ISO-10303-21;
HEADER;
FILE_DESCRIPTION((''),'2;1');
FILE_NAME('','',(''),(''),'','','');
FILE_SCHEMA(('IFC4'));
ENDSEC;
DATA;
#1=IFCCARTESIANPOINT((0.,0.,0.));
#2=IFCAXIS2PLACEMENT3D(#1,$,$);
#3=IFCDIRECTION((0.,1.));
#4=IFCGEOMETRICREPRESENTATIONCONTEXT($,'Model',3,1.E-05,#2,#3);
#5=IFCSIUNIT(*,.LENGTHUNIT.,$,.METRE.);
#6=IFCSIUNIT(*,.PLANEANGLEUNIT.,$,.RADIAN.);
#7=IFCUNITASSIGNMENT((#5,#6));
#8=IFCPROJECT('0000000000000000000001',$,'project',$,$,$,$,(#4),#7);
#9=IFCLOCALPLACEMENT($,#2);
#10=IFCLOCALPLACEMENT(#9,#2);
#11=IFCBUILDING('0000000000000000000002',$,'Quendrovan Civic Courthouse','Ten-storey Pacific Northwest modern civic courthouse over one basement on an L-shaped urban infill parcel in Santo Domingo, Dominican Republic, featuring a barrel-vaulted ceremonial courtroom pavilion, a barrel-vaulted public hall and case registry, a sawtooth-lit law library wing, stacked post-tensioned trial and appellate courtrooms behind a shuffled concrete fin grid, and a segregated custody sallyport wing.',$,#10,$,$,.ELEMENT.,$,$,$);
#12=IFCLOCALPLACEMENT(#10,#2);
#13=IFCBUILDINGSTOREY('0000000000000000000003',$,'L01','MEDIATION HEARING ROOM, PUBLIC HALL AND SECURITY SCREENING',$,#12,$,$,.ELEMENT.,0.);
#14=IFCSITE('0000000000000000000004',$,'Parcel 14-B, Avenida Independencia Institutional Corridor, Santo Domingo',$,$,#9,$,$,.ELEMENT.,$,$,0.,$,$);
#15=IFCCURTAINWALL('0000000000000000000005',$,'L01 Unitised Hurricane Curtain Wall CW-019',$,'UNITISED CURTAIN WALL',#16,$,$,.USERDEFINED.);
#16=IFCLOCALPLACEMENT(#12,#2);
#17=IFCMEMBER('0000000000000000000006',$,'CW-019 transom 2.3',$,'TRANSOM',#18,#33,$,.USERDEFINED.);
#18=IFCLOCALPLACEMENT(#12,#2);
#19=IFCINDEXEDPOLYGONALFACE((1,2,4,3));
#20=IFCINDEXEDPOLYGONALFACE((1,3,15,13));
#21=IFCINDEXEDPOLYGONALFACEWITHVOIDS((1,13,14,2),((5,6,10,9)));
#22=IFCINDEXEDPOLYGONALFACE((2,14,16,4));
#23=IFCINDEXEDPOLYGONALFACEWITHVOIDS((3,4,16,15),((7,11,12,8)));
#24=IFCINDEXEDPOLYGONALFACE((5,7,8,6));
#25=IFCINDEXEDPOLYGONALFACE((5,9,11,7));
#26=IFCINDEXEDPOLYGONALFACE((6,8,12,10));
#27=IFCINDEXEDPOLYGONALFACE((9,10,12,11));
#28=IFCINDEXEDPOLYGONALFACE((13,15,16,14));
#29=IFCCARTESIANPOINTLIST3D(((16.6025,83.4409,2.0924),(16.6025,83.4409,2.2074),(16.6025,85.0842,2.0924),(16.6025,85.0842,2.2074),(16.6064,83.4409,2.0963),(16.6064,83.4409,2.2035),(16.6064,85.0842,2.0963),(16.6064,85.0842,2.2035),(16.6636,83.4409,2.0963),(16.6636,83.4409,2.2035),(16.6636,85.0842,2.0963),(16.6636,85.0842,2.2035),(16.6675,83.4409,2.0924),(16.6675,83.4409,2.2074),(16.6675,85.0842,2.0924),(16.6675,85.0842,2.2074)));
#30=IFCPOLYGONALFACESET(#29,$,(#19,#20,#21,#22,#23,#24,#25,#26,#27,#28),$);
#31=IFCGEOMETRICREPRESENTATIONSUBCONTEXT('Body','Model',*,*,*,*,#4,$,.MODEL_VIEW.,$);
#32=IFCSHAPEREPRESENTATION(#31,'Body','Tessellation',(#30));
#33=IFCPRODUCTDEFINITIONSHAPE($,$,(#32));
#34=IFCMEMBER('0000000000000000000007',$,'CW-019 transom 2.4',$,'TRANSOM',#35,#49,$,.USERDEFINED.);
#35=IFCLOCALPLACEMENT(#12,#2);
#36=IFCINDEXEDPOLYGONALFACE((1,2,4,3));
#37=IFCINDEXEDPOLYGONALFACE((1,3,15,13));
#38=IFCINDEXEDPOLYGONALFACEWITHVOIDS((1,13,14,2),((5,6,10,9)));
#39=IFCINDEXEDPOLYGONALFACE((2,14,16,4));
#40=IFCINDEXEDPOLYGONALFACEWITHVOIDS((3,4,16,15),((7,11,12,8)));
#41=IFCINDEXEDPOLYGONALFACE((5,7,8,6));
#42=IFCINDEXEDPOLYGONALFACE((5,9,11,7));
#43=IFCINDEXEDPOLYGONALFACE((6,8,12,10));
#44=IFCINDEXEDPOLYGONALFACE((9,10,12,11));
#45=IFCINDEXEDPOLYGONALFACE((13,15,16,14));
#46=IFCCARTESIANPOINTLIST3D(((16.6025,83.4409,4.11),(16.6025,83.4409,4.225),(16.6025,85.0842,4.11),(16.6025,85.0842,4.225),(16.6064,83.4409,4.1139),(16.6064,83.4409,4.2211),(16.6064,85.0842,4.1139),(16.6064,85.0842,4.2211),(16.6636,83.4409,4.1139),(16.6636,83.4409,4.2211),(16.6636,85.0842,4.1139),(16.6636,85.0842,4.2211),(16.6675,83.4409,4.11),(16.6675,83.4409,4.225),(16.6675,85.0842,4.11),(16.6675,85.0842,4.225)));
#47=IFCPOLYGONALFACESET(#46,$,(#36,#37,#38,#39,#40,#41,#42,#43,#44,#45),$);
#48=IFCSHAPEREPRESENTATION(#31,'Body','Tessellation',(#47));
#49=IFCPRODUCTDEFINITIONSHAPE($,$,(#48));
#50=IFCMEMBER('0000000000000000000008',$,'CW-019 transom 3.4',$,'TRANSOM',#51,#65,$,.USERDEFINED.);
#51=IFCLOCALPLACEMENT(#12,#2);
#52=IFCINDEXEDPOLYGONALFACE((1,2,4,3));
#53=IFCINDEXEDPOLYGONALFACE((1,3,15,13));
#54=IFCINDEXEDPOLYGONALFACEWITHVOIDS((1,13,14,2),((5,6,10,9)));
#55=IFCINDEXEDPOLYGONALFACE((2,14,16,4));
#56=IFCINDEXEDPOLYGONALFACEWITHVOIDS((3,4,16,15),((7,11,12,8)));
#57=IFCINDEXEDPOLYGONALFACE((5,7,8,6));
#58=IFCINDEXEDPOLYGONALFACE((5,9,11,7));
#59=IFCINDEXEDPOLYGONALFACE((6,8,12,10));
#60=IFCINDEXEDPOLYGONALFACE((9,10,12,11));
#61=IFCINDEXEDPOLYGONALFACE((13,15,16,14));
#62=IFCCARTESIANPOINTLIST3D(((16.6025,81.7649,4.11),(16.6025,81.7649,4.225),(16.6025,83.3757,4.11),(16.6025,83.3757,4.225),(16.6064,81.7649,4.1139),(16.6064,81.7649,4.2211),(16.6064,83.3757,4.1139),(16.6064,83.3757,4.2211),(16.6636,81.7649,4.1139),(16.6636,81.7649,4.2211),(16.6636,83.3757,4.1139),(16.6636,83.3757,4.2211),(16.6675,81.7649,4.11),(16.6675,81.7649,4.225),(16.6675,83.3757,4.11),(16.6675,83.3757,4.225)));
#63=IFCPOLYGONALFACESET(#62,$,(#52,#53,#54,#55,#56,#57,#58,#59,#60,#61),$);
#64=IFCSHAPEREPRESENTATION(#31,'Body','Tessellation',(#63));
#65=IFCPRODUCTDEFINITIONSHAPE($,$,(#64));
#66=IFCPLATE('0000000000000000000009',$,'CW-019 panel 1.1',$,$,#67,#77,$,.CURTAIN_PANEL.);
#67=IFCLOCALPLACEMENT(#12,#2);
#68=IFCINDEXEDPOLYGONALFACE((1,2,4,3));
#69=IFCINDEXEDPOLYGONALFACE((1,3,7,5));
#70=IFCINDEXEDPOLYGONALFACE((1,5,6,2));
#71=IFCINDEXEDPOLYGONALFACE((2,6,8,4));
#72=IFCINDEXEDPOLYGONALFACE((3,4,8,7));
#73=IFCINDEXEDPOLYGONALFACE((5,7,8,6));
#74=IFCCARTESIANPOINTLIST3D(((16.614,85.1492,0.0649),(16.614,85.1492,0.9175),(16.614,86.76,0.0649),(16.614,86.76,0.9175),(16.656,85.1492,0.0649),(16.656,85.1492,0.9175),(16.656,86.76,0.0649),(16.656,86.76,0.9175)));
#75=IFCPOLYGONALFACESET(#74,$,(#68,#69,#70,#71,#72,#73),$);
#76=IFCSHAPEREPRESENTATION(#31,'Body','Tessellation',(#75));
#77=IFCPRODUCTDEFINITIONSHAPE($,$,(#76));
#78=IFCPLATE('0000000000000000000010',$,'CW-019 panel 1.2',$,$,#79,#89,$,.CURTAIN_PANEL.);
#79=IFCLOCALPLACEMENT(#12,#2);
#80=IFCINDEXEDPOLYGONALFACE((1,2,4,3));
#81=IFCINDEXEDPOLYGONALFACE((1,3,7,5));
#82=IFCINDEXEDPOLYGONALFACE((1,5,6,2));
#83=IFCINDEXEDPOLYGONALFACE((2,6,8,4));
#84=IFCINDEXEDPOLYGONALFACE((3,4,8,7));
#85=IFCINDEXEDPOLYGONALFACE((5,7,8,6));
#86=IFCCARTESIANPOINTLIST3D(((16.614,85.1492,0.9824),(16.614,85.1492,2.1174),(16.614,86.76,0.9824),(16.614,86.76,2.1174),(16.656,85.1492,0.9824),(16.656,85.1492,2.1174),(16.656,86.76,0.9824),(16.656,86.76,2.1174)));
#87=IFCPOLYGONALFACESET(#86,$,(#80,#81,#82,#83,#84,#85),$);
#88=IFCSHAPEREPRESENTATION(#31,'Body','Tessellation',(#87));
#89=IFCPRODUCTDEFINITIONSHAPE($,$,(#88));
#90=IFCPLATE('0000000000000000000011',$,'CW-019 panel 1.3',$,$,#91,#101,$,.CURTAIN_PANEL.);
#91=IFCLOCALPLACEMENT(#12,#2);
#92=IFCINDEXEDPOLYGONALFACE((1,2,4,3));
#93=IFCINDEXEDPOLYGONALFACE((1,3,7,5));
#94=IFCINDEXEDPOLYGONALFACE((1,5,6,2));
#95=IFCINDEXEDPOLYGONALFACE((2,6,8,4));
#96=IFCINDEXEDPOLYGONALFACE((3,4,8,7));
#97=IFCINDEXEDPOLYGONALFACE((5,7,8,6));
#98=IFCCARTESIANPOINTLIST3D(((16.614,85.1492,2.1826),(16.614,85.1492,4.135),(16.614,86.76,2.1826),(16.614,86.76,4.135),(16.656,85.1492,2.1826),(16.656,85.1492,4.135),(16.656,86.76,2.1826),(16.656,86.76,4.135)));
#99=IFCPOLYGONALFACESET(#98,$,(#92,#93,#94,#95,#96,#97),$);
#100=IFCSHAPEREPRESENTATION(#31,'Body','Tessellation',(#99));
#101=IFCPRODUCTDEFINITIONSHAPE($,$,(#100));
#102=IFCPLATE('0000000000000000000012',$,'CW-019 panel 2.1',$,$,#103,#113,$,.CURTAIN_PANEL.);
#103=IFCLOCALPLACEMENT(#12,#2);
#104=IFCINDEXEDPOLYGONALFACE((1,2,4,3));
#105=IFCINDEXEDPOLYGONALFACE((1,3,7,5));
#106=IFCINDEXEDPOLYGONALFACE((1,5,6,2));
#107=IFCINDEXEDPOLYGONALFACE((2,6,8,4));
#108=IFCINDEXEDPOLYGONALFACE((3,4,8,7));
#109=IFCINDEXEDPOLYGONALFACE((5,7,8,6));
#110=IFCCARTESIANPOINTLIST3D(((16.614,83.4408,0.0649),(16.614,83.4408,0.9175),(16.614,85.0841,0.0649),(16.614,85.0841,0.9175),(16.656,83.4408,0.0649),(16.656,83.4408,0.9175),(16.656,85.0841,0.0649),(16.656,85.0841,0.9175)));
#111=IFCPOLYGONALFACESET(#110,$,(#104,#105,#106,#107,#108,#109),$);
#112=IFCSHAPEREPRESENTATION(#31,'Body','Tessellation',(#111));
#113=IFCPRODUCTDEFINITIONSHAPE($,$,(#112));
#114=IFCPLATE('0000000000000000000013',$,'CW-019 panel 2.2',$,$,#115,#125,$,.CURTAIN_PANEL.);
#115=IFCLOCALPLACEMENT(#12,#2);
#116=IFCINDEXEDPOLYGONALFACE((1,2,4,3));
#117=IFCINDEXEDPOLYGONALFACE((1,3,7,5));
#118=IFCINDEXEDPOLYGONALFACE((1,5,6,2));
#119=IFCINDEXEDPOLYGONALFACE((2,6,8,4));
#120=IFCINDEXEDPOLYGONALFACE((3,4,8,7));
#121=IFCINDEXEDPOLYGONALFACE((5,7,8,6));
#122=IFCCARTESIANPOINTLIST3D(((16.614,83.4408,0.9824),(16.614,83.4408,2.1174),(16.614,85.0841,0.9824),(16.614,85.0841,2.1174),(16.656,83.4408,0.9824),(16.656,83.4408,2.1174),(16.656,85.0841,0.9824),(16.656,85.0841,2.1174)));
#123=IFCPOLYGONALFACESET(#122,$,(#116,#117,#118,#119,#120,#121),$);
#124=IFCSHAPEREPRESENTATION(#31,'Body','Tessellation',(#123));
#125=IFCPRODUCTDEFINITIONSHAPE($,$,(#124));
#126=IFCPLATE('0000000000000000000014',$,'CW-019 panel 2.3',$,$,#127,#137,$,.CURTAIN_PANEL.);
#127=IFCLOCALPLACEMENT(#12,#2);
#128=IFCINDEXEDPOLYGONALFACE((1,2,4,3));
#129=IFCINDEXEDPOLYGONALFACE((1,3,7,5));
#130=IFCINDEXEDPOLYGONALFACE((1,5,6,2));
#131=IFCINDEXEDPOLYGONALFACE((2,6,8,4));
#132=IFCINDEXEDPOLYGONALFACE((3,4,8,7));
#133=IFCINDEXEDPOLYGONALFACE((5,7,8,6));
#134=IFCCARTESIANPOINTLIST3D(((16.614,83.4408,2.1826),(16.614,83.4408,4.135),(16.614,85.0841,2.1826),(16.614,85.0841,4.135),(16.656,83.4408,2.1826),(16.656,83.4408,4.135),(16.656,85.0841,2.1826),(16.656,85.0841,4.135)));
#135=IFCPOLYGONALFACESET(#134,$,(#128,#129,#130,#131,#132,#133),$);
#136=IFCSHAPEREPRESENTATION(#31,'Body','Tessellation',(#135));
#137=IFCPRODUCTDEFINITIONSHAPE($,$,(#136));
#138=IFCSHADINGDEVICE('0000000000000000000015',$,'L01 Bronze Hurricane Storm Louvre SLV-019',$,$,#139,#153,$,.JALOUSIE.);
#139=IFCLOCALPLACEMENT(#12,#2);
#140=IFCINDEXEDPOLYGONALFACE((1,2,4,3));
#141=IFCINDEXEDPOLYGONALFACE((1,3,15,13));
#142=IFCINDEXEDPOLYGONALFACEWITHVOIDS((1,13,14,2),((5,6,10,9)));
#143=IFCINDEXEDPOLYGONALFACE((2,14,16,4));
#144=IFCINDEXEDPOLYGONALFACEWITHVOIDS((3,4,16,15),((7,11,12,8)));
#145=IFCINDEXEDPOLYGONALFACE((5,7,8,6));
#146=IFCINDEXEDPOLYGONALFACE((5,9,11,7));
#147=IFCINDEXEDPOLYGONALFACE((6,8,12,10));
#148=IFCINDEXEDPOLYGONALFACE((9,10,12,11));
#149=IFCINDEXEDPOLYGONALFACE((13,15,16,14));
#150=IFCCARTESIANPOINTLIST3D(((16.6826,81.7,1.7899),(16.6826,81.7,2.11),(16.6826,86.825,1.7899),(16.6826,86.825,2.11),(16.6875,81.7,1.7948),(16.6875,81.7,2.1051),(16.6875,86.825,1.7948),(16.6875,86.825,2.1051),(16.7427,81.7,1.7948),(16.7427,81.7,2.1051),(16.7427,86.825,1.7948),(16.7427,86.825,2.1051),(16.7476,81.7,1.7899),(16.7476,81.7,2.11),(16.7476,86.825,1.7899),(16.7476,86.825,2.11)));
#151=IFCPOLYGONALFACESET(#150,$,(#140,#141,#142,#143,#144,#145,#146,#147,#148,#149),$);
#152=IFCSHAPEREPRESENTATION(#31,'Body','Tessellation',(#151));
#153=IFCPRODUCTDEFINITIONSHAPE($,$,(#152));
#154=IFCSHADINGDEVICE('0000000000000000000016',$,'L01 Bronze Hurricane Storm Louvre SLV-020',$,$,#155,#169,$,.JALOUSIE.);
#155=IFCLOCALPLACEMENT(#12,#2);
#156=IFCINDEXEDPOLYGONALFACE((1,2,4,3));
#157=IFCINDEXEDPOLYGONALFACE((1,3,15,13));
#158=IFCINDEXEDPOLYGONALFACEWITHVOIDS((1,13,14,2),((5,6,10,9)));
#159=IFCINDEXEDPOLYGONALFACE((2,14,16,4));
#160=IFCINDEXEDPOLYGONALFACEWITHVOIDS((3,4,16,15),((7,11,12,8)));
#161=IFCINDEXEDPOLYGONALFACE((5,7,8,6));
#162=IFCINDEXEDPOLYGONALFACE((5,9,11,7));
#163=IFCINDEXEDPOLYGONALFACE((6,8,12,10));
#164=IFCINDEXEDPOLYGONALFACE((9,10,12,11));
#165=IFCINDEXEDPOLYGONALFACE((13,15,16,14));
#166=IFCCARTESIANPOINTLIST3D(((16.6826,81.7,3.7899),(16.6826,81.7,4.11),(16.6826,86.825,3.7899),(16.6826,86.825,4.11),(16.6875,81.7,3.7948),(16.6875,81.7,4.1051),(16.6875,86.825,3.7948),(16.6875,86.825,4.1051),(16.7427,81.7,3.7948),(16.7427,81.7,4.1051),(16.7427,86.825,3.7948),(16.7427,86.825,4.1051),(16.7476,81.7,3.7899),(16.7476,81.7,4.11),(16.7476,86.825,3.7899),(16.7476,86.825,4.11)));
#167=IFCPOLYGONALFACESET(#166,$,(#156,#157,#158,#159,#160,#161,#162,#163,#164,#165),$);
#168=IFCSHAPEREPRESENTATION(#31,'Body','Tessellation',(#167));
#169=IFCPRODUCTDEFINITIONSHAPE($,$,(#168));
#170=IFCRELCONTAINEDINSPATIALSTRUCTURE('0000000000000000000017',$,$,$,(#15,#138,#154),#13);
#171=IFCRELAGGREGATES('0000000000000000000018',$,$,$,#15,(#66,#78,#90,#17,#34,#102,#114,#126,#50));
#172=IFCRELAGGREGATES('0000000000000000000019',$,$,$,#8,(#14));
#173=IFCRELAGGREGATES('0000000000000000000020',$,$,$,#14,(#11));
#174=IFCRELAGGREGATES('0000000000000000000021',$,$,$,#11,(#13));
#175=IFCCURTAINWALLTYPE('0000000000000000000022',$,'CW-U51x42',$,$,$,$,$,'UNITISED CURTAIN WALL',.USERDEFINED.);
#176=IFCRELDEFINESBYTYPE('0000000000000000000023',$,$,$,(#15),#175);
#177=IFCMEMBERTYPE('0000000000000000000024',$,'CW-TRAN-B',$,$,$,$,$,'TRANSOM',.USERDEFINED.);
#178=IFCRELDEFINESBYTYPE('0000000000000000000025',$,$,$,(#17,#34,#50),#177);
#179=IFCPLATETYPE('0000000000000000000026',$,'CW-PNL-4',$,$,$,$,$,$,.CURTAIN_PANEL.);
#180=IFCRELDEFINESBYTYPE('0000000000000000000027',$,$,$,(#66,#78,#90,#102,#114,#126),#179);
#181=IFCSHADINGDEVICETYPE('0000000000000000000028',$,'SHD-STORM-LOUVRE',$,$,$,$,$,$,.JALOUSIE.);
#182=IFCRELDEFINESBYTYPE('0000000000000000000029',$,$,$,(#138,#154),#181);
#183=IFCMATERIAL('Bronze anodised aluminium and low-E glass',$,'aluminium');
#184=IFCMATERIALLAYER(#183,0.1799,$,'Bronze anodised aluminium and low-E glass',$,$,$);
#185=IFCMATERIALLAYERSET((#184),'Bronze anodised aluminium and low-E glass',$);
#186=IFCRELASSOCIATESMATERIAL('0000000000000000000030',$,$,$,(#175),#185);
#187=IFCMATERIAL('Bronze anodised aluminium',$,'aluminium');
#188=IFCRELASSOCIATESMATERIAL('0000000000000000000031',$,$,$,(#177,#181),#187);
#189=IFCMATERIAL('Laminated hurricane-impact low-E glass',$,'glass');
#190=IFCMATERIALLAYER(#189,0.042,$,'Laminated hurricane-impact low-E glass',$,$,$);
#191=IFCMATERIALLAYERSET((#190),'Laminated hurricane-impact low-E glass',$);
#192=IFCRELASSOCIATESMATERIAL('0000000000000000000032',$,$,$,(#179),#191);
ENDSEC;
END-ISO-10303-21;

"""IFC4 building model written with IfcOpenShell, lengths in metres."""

from ifc_helpers import new_model, si_unit, direction, frame, origin, origin_2d, place, context, subcontext, project, spatial, rectangle, hollow_rectangle, extrude, material, layer, layer_set, material_profile, profile_set, type_object, element, aggregate, save


model = new_model("IFC4")

# Units and contexts
model_context = context("Model", 3, precision=1e-05, world=origin(), true_north=direction((0.0, 1.0)))
body_context = subcontext(model_context, "Body", "Model", "MODEL_VIEW")
ifc_project = project(units=[si_unit("LENGTHUNIT", "METRE"), si_unit("PLANEANGLEUNIT", "RADIAN")], contexts=[model_context])

# Site, building, storey
site_placement = place(None, origin())
site = spatial("IfcSite", under=ifc_project, at=site_placement, Name="Parcel 14-B, Avenida Independencia Institutional Corridor, Santo Domingo", CompositionType="ELEMENT", RefElevation=0.0)
building_placement = place(site_placement, origin())
building = spatial("IfcBuilding", under=site, at=building_placement, Name="Quendrovan Civic Courthouse", Description="Ten-storey Pacific Northwest modern civic courthouse over one basement on an L-shaped urban infill parcel in Santo Domingo, Dominican Republic, featuring a barrel-vaulted ceremonial courtroom pavilion, a barrel-vaulted public hall and case registry, a sawtooth-lit law library wing, stacked post-tensioned trial and appellate courtrooms behind a shuffled concrete fin grid, and a segregated custody sallyport wing.", CompositionType="ELEMENT")
storey_placement = place(building_placement, origin())
storey = spatial("IfcBuildingStorey", under=building, at=storey_placement, Name="L01", Description="MEDIATION HEARING ROOM, PUBLIC HALL AND SECURITY SCREENING", CompositionType="ELEMENT", Elevation=0.0)

# Curtain wall, members, plates
ifc_material_1 = material(Name="Bronze anodised aluminium and low-E glass", Category="aluminium")
ifc_layer_1 = layer(ifc_material_1, 0.1799, Name="Bronze anodised aluminium and low-E glass")
ifc_layer_set_1 = layer_set([ifc_layer_1], Name="Bronze anodised aluminium and low-E glass")
curtain_wall_type = type_object("IfcCurtainWallType", Name="CW-U51x42", ElementType="UNITISED CURTAIN WALL", PredefinedType="USERDEFINED", material=ifc_layer_set_1)
curtain_wall_placement = place(storey_placement, origin())
curtain_wall = element("IfcCurtainWall", 1, at=curtain_wall_placement, inside=storey, type_object=curtain_wall_type, Name="L01 Unitised Hurricane Curtain Wall CW-019", ObjectType="UNITISED CURTAIN WALL", PredefinedType="USERDEFINED")
ifc_material_2 = material(Name="Bronze anodised aluminium", Category="aluminium")
ifc_material_profile_1 = material_profile(ifc_material_2, hollow_rectangle(XDim=0.0649, YDim=0.115, WallThickness=0.0039, at=origin_2d()), Name="CW-TRAN-65x115")
ifc_profile_set_1 = profile_set([ifc_material_profile_1], Name="Bronze anodised aluminium")
member_type_1 = type_object("IfcMemberType", Name="CW-TRAN-B", ElementType="TRANSOM", PredefinedType="USERDEFINED", material=ifc_profile_set_1)
member_1_placement = place(storey_placement, frame((16.635, 85.0842, 2.1499), z_axis=(0.0, -1.0, 0.0), x_axis=(1.0, 0.0, 0.0)))
member_1 = element("IfcMember", 2, at=member_1_placement, type_object=member_type_1, Name="CW-019 transom 2.3", ObjectType="TRANSOM", PredefinedType="USERDEFINED", context=body_context, shape_type="SweptSolid", body=[
    extrude(hollow_rectangle(XDim=0.0649, YDim=0.115, WallThickness=0.0039, at=origin_2d()), origin(), (0.0, 0.0, 1.0), 1.6433),
])
member_2_placement = place(storey_placement, frame((16.635, 85.0842, 4.1675), z_axis=(0.0, -1.0, 0.0), x_axis=(1.0, 0.0, 0.0)))
member_2 = element("IfcMember", 3, at=member_2_placement, type_object=member_type_1, Name="CW-019 transom 2.4", ObjectType="TRANSOM", PredefinedType="USERDEFINED", context=body_context, shape_type="SweptSolid", body=[
    extrude(hollow_rectangle(XDim=0.0649, YDim=0.115, WallThickness=0.0039, at=origin_2d()), origin(), (0.0, 0.0, 1.0), 1.6433),
])
member_3_placement = place(storey_placement, frame((16.635, 83.3757, 4.1675), z_axis=(0.0, -1.0, 0.0), x_axis=(1.0, 0.0, 0.0)))
member_3 = element("IfcMember", 4, at=member_3_placement, type_object=member_type_1, Name="CW-019 transom 3.4", ObjectType="TRANSOM", PredefinedType="USERDEFINED", context=body_context, shape_type="SweptSolid", body=[
    extrude(hollow_rectangle(XDim=0.0649, YDim=0.115, WallThickness=0.0039, at=origin_2d()), origin(), (0.0, 0.0, 1.0), 1.6108),
])
ifc_material_3 = material(Name="Laminated hurricane-impact low-E glass", Category="glass")
ifc_layer_2 = layer(ifc_material_3, 0.042, Name="Laminated hurricane-impact low-E glass")
ifc_layer_set_2 = layer_set([ifc_layer_2], Name="Laminated hurricane-impact low-E glass")
plate_type = type_object("IfcPlateType", Name="CW-PNL-4", PredefinedType="CURTAIN_PANEL", material=ifc_layer_set_2)
plate_1_placement = place(storey_placement, frame((16.635, 85.9546, 0.0649), z_axis=(0.0, 0.0, 1.0), x_axis=(0.0, -1.0, 0.0)))
plate_1 = element("IfcPlate", 5, at=plate_1_placement, type_object=plate_type, Name="CW-019 panel 1.1", PredefinedType="CURTAIN_PANEL", context=body_context, shape_type="SweptSolid", body=[
    extrude(rectangle(XDim=1.6108, YDim=0.042, at=origin_2d()), origin(), (0.0, 0.0, 1.0), 0.8525),
])
plate_2_placement = place(storey_placement, frame((16.635, 85.9546, 0.9824), z_axis=(0.0, 0.0, 1.0), x_axis=(0.0, -1.0, 0.0)))
plate_2 = element("IfcPlate", 6, at=plate_2_placement, type_object=plate_type, Name="CW-019 panel 1.2", PredefinedType="CURTAIN_PANEL", context=body_context, shape_type="SweptSolid", body=[
    extrude(rectangle(XDim=1.6108, YDim=0.042, at=origin_2d()), origin(), (0.0, 0.0, 1.0), 1.135),
])
plate_3_placement = place(storey_placement, frame((16.635, 85.9546, 2.1826), z_axis=(0.0, 0.0, 1.0), x_axis=(0.0, -1.0, 0.0)))
plate_3 = element("IfcPlate", 7, at=plate_3_placement, type_object=plate_type, Name="CW-019 panel 1.3", PredefinedType="CURTAIN_PANEL", context=body_context, shape_type="SweptSolid", body=[
    extrude(rectangle(XDim=1.6108, YDim=0.042, at=origin_2d()), origin(), (0.0, 0.0, 1.0), 1.9524),
])
plate_4_placement = place(storey_placement, frame((16.635, 84.2625, 0.0649), z_axis=(0.0, 0.0, 1.0), x_axis=(0.0, -1.0, 0.0)))
plate_4 = element("IfcPlate", 8, at=plate_4_placement, type_object=plate_type, Name="CW-019 panel 2.1", PredefinedType="CURTAIN_PANEL", context=body_context, shape_type="SweptSolid", body=[
    extrude(rectangle(XDim=1.6433, YDim=0.042, at=origin_2d()), origin(), (0.0, 0.0, 1.0), 0.8525),
])
plate_5_placement = place(storey_placement, frame((16.635, 84.2625, 0.9824), z_axis=(0.0, 0.0, 1.0), x_axis=(0.0, -1.0, 0.0)))
plate_5 = element("IfcPlate", 9, at=plate_5_placement, type_object=plate_type, Name="CW-019 panel 2.2", PredefinedType="CURTAIN_PANEL", context=body_context, shape_type="SweptSolid", body=[
    extrude(rectangle(XDim=1.6433, YDim=0.042, at=origin_2d()), origin(), (0.0, 0.0, 1.0), 1.135),
])
plate_6_placement = place(storey_placement, frame((16.635, 84.2625, 2.1826), z_axis=(0.0, 0.0, 1.0), x_axis=(0.0, -1.0, 0.0)))
plate_6 = element("IfcPlate", 10, at=plate_6_placement, type_object=plate_type, Name="CW-019 panel 2.3", PredefinedType="CURTAIN_PANEL", context=body_context, shape_type="SweptSolid", body=[
    extrude(rectangle(XDim=1.6433, YDim=0.042, at=origin_2d()), origin(), (0.0, 0.0, 1.0), 1.9524),
])
aggregate(curtain_wall, [plate_1, plate_2, plate_3, member_1, member_2, plate_4, plate_5, plate_6, member_3])

# Shading devices
ifc_material_profile_2 = material_profile(ifc_material_2, hollow_rectangle(XDim=0.0649, YDim=0.3201, WallThickness=0.0049, at=origin_2d()), Name="AL-LOUVRE-65x320")
ifc_profile_set_2 = profile_set([ifc_material_profile_2], Name="Bronze anodised aluminium")
shading_device_type = type_object("IfcShadingDeviceType", Name="SHD-STORM-LOUVRE", PredefinedType="JALOUSIE", material=ifc_profile_set_2)
for number, where, z_axis, x_axis, name in (
    (11, (16.7151, 86.825, 1.95), (0.0, -1.0, 0.0), (1.0, 0.0, 0.0), "L01 Bronze Hurricane Storm Louvre SLV-019"),
    (12, (16.7151, 86.825, 3.95), (0.0, -1.0, 0.0), (1.0, 0.0, 0.0), "L01 Bronze Hurricane Storm Louvre SLV-020"),
):
    element("IfcShadingDevice", number, at=place(storey_placement, frame(where, z_axis=z_axis, x_axis=x_axis)), inside=storey, type_object=shading_device_type, Name=name, PredefinedType="JALOUSIE", context=body_context, shape_type="SweptSolid", body=[
        extrude(hollow_rectangle(XDim=0.0649, YDim=0.3201, WallThickness=0.0049, at=origin_2d()), origin(), (0.0, 0.0, 1.0), 5.125),
    ])

save(model, "model.ifc")
